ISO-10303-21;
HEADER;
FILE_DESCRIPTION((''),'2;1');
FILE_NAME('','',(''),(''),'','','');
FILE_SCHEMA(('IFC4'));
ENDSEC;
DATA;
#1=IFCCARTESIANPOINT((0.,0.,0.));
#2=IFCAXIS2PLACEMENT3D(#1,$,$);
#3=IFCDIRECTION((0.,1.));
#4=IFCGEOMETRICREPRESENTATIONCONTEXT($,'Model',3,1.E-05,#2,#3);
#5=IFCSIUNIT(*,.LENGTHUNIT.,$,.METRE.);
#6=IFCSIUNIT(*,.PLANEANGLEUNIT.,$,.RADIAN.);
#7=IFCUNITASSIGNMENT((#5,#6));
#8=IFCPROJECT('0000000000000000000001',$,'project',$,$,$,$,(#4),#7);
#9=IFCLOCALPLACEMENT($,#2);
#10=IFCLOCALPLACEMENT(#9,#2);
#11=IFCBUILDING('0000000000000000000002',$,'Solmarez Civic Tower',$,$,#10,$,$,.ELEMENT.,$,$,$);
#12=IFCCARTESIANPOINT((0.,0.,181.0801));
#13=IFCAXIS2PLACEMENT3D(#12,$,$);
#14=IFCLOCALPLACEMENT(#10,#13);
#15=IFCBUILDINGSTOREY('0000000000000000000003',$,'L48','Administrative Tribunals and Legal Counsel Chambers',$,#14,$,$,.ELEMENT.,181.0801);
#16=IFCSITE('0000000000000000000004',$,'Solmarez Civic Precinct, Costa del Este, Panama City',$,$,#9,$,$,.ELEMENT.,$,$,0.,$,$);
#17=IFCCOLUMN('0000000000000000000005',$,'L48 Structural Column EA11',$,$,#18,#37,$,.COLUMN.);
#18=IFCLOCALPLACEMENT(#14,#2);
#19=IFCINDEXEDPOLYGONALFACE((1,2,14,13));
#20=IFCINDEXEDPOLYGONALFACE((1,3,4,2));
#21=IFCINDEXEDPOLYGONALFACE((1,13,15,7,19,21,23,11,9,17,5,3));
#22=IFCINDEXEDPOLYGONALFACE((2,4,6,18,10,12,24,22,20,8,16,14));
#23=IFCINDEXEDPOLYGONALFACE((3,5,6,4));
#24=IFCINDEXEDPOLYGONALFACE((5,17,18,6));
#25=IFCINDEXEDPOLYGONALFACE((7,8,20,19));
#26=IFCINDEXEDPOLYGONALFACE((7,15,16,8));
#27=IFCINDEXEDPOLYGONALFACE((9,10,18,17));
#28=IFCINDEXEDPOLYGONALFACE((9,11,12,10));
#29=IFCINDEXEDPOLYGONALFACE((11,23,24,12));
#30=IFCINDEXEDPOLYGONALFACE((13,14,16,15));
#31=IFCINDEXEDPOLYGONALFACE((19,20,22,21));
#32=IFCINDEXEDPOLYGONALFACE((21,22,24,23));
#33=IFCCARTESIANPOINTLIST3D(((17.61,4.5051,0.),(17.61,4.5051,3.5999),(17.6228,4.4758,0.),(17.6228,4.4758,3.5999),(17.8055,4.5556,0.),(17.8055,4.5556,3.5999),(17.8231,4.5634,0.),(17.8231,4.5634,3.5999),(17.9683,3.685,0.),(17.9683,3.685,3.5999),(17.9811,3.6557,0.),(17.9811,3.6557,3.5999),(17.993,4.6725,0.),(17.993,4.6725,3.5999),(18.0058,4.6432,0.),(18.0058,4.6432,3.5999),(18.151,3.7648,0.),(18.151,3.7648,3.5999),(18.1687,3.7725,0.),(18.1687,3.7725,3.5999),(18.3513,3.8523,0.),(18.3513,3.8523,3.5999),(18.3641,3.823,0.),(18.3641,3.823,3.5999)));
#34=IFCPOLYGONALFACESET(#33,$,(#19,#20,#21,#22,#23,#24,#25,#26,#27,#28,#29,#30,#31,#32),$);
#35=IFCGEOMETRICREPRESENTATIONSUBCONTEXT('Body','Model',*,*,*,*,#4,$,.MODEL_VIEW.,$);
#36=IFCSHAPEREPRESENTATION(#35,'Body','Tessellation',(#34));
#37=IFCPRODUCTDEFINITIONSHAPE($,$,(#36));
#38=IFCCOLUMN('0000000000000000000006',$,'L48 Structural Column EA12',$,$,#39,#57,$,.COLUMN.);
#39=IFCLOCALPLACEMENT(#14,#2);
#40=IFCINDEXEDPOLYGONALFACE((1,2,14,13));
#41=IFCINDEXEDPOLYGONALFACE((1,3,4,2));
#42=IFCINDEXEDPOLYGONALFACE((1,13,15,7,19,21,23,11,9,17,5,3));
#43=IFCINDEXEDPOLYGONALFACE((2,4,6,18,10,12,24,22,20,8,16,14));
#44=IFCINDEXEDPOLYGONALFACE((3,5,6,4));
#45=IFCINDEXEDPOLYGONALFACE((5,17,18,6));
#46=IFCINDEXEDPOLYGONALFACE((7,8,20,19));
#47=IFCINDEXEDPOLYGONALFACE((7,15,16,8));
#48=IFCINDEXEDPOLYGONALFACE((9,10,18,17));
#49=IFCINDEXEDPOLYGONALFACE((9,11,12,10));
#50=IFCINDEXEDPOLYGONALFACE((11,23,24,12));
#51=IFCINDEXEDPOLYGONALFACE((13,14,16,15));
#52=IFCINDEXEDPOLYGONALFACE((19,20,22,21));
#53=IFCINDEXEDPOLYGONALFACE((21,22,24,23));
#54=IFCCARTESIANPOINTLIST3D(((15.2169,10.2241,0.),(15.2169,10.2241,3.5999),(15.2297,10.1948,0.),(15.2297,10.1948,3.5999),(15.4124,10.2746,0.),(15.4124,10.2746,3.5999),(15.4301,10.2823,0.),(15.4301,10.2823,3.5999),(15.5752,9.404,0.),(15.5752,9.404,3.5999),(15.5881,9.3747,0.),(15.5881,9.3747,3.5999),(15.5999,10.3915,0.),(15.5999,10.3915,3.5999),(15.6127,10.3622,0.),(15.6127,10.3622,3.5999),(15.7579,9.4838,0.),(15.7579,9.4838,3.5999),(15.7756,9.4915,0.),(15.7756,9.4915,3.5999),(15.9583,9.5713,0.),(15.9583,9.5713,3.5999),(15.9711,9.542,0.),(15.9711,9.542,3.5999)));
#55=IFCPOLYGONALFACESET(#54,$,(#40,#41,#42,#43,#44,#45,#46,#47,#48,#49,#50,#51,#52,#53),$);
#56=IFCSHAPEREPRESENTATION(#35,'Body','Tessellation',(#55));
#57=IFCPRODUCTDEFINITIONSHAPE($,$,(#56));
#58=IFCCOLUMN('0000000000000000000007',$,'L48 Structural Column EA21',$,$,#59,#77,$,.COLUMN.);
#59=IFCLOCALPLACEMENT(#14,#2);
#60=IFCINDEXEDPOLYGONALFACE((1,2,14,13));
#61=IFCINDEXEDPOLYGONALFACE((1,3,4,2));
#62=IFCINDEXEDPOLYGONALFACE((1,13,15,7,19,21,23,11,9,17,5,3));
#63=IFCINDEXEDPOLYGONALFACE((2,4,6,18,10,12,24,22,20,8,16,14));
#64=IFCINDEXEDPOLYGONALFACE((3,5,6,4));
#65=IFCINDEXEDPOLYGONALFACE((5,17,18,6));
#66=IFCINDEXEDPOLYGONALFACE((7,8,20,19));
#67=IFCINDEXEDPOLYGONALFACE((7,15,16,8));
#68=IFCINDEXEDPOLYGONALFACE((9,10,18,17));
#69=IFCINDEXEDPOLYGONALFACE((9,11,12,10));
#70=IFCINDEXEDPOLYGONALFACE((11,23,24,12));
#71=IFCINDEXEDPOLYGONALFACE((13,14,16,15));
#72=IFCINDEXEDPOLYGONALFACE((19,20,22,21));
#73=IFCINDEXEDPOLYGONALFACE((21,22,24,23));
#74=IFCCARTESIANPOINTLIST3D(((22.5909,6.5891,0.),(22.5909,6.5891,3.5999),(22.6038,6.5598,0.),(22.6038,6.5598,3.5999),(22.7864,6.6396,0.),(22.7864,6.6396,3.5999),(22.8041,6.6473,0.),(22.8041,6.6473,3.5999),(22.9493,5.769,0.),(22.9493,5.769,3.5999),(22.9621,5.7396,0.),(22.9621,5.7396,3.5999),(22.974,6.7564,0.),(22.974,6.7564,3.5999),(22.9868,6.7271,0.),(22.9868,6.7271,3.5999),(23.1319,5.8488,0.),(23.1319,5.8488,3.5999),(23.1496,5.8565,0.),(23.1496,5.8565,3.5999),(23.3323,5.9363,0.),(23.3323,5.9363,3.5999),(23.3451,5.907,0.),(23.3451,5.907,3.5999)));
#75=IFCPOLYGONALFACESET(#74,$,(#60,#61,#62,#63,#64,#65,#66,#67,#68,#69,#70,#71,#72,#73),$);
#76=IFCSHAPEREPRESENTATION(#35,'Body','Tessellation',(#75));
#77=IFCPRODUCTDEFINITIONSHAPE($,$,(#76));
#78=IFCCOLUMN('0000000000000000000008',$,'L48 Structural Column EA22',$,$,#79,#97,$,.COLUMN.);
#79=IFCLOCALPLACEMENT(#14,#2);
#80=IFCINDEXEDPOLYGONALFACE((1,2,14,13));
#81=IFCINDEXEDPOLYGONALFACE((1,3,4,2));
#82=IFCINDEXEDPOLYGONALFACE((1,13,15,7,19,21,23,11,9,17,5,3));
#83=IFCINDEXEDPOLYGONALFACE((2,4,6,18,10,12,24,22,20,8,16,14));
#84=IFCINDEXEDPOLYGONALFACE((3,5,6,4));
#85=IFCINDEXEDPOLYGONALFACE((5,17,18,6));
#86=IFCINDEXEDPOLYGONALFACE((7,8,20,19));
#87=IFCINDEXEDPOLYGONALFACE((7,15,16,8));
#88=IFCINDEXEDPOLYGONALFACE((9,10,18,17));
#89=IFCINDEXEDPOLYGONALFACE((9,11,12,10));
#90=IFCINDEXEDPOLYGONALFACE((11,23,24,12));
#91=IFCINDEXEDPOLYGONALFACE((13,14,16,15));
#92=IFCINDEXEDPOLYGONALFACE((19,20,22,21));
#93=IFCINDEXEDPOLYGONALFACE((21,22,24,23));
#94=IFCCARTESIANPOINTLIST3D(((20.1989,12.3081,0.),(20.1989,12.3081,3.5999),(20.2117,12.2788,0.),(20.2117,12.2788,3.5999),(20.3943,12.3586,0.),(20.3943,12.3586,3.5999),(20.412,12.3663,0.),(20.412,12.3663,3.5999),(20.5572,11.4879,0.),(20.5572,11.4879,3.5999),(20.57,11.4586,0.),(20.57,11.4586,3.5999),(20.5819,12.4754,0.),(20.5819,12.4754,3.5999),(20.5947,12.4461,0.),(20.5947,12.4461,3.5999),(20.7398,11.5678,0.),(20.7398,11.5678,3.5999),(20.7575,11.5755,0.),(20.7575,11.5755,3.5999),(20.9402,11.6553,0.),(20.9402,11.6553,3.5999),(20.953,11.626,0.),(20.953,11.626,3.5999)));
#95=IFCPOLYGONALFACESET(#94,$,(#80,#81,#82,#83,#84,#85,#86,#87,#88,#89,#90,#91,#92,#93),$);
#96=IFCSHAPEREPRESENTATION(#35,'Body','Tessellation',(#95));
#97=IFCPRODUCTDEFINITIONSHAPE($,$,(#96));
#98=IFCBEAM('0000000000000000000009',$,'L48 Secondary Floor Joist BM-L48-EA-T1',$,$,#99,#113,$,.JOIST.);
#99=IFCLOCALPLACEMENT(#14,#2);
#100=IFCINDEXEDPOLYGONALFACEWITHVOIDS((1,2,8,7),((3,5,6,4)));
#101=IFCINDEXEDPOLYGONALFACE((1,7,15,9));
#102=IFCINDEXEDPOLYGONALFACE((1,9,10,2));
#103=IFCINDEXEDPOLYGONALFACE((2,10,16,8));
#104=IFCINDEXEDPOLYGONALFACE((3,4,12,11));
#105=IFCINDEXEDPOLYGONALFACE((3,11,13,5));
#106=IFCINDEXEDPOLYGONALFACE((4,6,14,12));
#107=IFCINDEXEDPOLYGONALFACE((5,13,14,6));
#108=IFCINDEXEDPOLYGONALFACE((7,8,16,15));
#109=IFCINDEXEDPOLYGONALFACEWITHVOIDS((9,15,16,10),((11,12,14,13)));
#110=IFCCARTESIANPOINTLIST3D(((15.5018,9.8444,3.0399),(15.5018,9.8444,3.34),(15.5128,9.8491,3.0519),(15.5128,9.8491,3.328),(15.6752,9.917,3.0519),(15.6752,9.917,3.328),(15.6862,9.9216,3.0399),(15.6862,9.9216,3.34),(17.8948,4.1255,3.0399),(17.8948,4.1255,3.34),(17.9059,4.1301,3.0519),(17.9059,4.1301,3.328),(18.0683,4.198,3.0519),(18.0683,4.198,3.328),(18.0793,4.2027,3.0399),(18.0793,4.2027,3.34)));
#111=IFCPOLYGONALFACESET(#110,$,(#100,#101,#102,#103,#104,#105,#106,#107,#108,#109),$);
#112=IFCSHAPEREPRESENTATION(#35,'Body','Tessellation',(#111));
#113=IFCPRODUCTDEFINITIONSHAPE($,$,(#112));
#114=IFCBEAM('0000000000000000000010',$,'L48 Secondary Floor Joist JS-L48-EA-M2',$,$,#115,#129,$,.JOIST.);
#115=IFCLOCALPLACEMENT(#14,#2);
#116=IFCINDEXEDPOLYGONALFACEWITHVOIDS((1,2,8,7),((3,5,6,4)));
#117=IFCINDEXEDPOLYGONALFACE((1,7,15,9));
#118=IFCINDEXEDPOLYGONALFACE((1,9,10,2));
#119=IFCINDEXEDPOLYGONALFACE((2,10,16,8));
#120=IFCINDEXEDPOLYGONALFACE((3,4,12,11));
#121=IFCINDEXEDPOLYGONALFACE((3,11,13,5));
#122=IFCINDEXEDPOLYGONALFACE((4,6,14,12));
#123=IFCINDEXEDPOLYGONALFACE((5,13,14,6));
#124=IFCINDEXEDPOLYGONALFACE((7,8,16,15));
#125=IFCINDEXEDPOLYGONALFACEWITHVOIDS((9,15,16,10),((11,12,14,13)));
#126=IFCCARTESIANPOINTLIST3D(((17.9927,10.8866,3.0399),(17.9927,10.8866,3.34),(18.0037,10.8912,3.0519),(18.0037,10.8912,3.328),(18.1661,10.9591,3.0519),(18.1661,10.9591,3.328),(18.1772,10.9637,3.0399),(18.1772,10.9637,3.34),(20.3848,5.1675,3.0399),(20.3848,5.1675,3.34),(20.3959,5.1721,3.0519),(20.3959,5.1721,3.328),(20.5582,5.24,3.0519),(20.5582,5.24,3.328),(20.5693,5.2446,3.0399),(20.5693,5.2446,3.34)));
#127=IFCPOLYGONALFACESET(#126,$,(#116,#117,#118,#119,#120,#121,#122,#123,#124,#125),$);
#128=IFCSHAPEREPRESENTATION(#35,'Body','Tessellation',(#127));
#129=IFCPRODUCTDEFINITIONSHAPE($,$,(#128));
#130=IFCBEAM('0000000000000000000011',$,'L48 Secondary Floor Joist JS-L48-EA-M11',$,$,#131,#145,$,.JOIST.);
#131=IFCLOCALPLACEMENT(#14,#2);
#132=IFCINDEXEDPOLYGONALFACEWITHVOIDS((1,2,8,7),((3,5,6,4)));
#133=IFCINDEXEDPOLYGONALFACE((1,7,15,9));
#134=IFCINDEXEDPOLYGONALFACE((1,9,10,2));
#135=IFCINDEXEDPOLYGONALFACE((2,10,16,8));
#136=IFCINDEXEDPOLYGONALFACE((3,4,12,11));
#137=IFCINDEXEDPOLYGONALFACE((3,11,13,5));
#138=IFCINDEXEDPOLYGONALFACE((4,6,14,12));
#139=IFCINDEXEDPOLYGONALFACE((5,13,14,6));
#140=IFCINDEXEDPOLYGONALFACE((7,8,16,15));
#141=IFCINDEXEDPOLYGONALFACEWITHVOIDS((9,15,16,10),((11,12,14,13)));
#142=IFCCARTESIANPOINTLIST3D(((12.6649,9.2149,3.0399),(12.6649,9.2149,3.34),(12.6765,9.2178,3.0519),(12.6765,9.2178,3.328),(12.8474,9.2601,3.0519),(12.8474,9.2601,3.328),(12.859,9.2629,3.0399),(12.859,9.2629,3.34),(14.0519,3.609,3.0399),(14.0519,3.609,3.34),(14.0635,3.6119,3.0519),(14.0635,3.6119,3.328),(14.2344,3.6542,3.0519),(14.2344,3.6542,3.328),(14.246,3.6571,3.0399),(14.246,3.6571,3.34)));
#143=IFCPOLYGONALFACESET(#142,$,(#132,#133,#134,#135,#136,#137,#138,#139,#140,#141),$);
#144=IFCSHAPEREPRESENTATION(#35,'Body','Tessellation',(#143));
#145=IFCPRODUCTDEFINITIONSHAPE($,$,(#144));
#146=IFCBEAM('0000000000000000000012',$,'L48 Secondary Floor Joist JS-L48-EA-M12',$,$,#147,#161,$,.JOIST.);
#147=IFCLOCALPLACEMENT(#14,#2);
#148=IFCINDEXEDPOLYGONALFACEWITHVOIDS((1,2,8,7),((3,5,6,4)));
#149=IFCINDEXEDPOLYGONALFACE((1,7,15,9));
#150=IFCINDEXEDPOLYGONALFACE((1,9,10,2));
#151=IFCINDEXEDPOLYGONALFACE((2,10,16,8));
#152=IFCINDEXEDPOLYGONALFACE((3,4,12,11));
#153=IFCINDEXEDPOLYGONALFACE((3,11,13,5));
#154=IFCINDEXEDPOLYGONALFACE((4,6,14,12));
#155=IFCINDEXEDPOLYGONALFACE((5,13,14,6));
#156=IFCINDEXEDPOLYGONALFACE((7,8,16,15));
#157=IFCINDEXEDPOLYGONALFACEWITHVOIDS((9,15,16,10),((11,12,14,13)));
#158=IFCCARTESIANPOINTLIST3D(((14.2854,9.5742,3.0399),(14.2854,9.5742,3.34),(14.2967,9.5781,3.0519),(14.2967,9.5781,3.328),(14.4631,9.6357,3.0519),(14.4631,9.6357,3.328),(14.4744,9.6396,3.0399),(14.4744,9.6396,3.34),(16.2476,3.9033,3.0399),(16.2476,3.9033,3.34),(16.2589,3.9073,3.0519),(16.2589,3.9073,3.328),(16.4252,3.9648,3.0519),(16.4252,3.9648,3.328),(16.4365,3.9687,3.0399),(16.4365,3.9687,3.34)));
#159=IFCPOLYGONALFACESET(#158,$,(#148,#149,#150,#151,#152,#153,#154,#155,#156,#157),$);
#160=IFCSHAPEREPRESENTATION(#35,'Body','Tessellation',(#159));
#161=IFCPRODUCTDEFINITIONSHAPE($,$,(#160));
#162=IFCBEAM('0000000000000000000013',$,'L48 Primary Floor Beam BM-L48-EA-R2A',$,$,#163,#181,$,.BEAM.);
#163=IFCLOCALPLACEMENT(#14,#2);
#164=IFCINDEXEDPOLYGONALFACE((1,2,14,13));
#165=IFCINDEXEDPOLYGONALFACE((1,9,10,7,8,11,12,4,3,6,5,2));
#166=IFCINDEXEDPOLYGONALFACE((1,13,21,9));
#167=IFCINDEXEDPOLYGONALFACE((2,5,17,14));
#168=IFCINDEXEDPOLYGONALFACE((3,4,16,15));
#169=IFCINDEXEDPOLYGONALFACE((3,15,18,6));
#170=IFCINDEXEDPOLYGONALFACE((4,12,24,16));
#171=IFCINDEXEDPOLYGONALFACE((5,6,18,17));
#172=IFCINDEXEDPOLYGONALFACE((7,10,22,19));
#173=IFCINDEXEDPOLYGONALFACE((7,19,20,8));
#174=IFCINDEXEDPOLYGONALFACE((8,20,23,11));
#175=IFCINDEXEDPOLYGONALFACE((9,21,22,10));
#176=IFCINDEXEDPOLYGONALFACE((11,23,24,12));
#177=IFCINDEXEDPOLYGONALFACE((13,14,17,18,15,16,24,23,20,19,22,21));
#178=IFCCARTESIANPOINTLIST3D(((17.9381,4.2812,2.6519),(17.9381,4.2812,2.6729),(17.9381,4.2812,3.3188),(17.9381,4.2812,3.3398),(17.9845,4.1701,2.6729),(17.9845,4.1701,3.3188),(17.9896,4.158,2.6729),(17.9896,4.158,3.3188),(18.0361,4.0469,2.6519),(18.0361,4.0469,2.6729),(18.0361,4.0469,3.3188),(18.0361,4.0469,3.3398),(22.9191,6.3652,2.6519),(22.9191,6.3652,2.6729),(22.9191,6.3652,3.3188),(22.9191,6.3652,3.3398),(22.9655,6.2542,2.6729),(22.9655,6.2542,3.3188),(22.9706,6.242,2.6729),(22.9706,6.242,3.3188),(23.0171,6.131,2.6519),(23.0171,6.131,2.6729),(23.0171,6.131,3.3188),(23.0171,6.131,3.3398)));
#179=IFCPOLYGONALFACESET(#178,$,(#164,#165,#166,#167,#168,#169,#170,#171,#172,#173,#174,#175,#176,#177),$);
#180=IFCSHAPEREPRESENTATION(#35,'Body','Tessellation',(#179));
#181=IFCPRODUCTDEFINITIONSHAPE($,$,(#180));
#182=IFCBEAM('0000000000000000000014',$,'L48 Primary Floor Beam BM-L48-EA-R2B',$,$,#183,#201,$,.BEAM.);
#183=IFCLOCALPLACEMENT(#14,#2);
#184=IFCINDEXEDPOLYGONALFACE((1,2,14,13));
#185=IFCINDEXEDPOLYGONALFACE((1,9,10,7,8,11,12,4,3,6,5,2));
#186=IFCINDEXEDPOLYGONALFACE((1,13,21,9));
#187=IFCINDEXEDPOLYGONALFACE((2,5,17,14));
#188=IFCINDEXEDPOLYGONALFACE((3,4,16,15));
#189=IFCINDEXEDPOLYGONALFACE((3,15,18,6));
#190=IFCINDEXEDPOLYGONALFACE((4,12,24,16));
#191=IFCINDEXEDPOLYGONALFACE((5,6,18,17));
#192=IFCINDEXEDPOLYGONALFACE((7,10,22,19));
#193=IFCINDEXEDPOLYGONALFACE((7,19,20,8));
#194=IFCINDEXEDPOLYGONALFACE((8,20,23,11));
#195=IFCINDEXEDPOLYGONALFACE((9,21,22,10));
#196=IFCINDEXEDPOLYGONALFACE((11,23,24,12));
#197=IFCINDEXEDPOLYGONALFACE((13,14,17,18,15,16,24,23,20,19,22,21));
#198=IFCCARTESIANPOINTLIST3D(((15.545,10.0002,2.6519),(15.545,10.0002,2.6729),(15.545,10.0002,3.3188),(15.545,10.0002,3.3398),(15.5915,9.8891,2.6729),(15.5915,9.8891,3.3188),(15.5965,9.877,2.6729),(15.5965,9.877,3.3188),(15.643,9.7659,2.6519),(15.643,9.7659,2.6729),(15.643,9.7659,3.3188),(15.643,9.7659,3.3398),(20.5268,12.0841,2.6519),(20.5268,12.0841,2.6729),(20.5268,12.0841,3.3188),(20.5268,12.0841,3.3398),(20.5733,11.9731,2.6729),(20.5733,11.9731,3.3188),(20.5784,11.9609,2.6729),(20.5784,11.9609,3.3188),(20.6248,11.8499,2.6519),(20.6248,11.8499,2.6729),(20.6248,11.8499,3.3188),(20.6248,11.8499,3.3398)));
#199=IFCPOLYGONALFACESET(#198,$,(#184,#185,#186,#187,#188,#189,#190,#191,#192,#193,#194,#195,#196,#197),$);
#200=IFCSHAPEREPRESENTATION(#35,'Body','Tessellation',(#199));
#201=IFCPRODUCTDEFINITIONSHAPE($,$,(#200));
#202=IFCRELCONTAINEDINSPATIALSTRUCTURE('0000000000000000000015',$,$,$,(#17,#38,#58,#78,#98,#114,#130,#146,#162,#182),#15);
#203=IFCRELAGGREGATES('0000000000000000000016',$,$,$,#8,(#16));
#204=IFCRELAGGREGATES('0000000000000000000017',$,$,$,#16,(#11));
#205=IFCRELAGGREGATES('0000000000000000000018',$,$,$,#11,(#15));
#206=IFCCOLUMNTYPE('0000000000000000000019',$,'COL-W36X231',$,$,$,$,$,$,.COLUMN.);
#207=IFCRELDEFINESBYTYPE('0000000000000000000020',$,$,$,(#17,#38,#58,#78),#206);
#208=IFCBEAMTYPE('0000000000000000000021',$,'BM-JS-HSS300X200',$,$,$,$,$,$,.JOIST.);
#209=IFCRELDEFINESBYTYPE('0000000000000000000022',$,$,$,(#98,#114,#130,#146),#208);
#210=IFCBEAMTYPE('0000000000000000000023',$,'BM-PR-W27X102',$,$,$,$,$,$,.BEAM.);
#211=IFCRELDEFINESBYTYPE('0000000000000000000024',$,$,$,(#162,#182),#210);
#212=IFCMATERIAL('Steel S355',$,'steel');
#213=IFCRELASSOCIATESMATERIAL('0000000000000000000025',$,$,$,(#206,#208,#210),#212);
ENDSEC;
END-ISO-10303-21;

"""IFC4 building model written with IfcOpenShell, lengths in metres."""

from ifc_helpers import new_model, si_unit, direction, frame, origin, origin_2d, place, context, subcontext, project, spatial, hollow_rectangle, i_section, extrude, material, material_profile, profile_set, type_object, element, save


model = new_model("IFC4")

# Units and contexts
model_context = context("Model", 3, precision=1e-05, world=origin(), true_north=direction((0.0, 1.0)))
body_context = subcontext(model_context, "Body", "Model", "MODEL_VIEW")
ifc_project = project(units=[si_unit("LENGTHUNIT", "METRE"), si_unit("PLANEANGLEUNIT", "RADIAN")], contexts=[model_context])

# Site, building, storey
site_placement = place(None, origin())
site = spatial("IfcSite", under=ifc_project, at=site_placement, Name="Solmarez Civic Precinct, Costa del Este, Panama City", CompositionType="ELEMENT", RefElevation=0.0)
building_placement = place(site_placement, origin())
building = spatial("IfcBuilding", under=site, at=building_placement, Name="Solmarez Civic Tower", CompositionType="ELEMENT")
storey_placement = place(building_placement, frame((0.0, 0.0, 181.0801)))
storey = spatial("IfcBuildingStorey", under=building, at=storey_placement, Name="L48", Description="Administrative Tribunals and Legal Counsel Chambers", CompositionType="ELEMENT", Elevation=181.0801)

# Columns
ifc_material_1 = material(Name="Steel S355", Category="steel")
ifc_material_profile_1 = material_profile(ifc_material_1, i_section(OverallWidth=0.418, OverallDepth=0.927, WebThickness=0.0193, FlangeThickness=0.032, at=origin_2d()), Name="W36X231")
ifc_profile_set_1 = profile_set([ifc_material_profile_1], Name="Steel S355")
column_type = type_object("IfcColumnType", Name="COL-W36X231", PredefinedType="COLUMN", material=ifc_profile_set_1)
for number, where, z_axis, x_axis, name in (
    (1, (17.9871, 4.1641, 0.0), (0.0, 0.0, 1.0), (0.916363, 0.400349, 0.0), "L48 Structural Column EA11"),
    (2, (15.594, 9.8831, 0.0), (0.0, 0.0, 1.0), (0.916363, 0.400349, 0.0), "L48 Structural Column EA12"),
    (3, (22.968, 6.248, 0.0), (0.0, 0.0, 1.0), (0.916363, 0.400349, 0.0), "L48 Structural Column EA21"),
    (4, (20.5759, 11.967, 0.0), (0.0, 0.0, 1.0), (0.916363, 0.400349, 0.0), "L48 Structural Column EA22"),
):
    element("IfcColumn", number, at=place(storey_placement, frame(where, z_axis=z_axis, x_axis=x_axis)), inside=storey, type_object=column_type, Name=name, PredefinedType="COLUMN", context=body_context, shape_type="SweptSolid", body=[
        extrude(i_section(OverallWidth=0.418, OverallDepth=0.927, WebThickness=0.0193, FlangeThickness=0.032, at=origin_2d()), origin(), (0.0, 0.0, 1.0), 3.5999),
    ])

# Beams
ifc_material_profile_2 = material_profile(ifc_material_1, hollow_rectangle(XDim=0.2, YDim=0.3, WallThickness=0.012, at=origin_2d()), Name="HSS300X200X12")
ifc_profile_set_2 = profile_set([ifc_material_profile_2], Name="Steel S355")
beam_type_1 = type_object("IfcBeamType", Name="BM-JS-HSS300X200", PredefinedType="JOIST", material=ifc_profile_set_2)
beam_1_placement = place(storey_placement, frame((17.9871, 4.1641, 3.1899), z_axis=(-0.38601, 0.922494, 0.0), x_axis=(-0.922494, -0.38601, 0.0)))
element("IfcBeam", 5, at=beam_1_placement, inside=storey, type_object=beam_type_1, Name="L48 Secondary Floor Joist BM-L48-EA-T1", PredefinedType="JOIST", context=body_context, shape_type="SweptSolid", body=[
    extrude(hollow_rectangle(XDim=0.2, YDim=0.3, WallThickness=0.012, at=origin_2d()), origin(), (0.0, 0.0, 1.0), 6.1995),
])
beam_2_placement = place(storey_placement, frame((20.4771, 5.2061, 3.1899), z_axis=(-0.385876, 0.922551, 0.0), x_axis=(-0.922551, -0.385876, 0.0)))
element("IfcBeam", 6, at=beam_2_placement, inside=storey, type_object=beam_type_1, Name="L48 Secondary Floor Joist JS-L48-EA-M2", PredefinedType="JOIST", context=body_context, shape_type="SweptSolid", body=[
    extrude(hollow_rectangle(XDim=0.2, YDim=0.3, WallThickness=0.012, at=origin_2d()), origin(), (0.0, 0.0, 1.0), 6.1992),
])
beam_3_placement = place(storey_placement, frame((14.1489, 3.6331, 3.1899), z_axis=(-0.240167, 0.970731, 0.0), x_axis=(-0.970731, -0.240167, 0.0)))
element("IfcBeam", 7, at=beam_3_placement, inside=storey, type_object=beam_type_1, Name="L48 Secondary Floor Joist JS-L48-EA-M11", PredefinedType="JOIST", context=body_context, shape_type="SweptSolid", body=[
    extrude(hollow_rectangle(XDim=0.2, YDim=0.3, WallThickness=0.012, at=origin_2d()), origin(), (0.0, 0.0, 1.0), 5.7749),
])
beam_4_placement = place(storey_placement, frame((16.342, 3.936, 3.1899), z_axis=(-0.326985, 0.94503, 0.0), x_axis=(-0.94503, -0.326985, 0.0)))
element("IfcBeam", 8, at=beam_4_placement, inside=storey, type_object=beam_type_1, Name="L48 Secondary Floor Joist JS-L48-EA-M12", PredefinedType="JOIST", context=body_context, shape_type="SweptSolid", body=[
    extrude(hollow_rectangle(XDim=0.2, YDim=0.3, WallThickness=0.012, at=origin_2d()), origin(), (0.0, 0.0, 1.0), 6.0007),
])
ifc_material_profile_3 = material_profile(ifc_material_1, i_section(OverallWidth=0.2539, OverallDepth=0.688, WebThickness=0.0132, FlangeThickness=0.021, at=origin_2d()), Name="W27X102")
ifc_profile_set_3 = profile_set([ifc_material_profile_3], Name="Steel S355")
beam_type_2 = type_object("IfcBeamType", Name="BM-PR-W27X102", PredefinedType="BEAM", material=ifc_profile_set_3)
beam_5_placement = place(storey_placement, frame((17.9871, 4.1641, 2.9958), z_axis=(0.922511, 0.38597, 0.0), x_axis=(-0.38597, 0.922511, 0.0)))
element("IfcBeam", 9, at=beam_5_placement, inside=storey, type_object=beam_type_2, Name="L48 Primary Floor Beam BM-L48-EA-R2A", PredefinedType="BEAM", context=body_context, shape_type="SweptSolid", body=[
    extrude(i_section(OverallWidth=0.2539, OverallDepth=0.688, WebThickness=0.0132, FlangeThickness=0.021, at=origin_2d()), origin(), (0.0, 0.0, 1.0), 5.3994),
])
beam_6_placement = place(storey_placement, frame((15.594, 9.8831, 2.9958), z_axis=(0.922538, 0.385905, 0.0), x_axis=(-0.385905, 0.922538, 0.0)))
element("IfcBeam", 10, at=beam_6_placement, inside=storey, type_object=beam_type_2, Name="L48 Primary Floor Beam BM-L48-EA-R2B", PredefinedType="BEAM", context=body_context, shape_type="SweptSolid", body=[
    extrude(i_section(OverallWidth=0.2539, OverallDepth=0.688, WebThickness=0.0132, FlangeThickness=0.021, at=origin_2d()), origin(), (0.0, 0.0, 1.0), 5.4001),
])

save(model, "model.ifc")
